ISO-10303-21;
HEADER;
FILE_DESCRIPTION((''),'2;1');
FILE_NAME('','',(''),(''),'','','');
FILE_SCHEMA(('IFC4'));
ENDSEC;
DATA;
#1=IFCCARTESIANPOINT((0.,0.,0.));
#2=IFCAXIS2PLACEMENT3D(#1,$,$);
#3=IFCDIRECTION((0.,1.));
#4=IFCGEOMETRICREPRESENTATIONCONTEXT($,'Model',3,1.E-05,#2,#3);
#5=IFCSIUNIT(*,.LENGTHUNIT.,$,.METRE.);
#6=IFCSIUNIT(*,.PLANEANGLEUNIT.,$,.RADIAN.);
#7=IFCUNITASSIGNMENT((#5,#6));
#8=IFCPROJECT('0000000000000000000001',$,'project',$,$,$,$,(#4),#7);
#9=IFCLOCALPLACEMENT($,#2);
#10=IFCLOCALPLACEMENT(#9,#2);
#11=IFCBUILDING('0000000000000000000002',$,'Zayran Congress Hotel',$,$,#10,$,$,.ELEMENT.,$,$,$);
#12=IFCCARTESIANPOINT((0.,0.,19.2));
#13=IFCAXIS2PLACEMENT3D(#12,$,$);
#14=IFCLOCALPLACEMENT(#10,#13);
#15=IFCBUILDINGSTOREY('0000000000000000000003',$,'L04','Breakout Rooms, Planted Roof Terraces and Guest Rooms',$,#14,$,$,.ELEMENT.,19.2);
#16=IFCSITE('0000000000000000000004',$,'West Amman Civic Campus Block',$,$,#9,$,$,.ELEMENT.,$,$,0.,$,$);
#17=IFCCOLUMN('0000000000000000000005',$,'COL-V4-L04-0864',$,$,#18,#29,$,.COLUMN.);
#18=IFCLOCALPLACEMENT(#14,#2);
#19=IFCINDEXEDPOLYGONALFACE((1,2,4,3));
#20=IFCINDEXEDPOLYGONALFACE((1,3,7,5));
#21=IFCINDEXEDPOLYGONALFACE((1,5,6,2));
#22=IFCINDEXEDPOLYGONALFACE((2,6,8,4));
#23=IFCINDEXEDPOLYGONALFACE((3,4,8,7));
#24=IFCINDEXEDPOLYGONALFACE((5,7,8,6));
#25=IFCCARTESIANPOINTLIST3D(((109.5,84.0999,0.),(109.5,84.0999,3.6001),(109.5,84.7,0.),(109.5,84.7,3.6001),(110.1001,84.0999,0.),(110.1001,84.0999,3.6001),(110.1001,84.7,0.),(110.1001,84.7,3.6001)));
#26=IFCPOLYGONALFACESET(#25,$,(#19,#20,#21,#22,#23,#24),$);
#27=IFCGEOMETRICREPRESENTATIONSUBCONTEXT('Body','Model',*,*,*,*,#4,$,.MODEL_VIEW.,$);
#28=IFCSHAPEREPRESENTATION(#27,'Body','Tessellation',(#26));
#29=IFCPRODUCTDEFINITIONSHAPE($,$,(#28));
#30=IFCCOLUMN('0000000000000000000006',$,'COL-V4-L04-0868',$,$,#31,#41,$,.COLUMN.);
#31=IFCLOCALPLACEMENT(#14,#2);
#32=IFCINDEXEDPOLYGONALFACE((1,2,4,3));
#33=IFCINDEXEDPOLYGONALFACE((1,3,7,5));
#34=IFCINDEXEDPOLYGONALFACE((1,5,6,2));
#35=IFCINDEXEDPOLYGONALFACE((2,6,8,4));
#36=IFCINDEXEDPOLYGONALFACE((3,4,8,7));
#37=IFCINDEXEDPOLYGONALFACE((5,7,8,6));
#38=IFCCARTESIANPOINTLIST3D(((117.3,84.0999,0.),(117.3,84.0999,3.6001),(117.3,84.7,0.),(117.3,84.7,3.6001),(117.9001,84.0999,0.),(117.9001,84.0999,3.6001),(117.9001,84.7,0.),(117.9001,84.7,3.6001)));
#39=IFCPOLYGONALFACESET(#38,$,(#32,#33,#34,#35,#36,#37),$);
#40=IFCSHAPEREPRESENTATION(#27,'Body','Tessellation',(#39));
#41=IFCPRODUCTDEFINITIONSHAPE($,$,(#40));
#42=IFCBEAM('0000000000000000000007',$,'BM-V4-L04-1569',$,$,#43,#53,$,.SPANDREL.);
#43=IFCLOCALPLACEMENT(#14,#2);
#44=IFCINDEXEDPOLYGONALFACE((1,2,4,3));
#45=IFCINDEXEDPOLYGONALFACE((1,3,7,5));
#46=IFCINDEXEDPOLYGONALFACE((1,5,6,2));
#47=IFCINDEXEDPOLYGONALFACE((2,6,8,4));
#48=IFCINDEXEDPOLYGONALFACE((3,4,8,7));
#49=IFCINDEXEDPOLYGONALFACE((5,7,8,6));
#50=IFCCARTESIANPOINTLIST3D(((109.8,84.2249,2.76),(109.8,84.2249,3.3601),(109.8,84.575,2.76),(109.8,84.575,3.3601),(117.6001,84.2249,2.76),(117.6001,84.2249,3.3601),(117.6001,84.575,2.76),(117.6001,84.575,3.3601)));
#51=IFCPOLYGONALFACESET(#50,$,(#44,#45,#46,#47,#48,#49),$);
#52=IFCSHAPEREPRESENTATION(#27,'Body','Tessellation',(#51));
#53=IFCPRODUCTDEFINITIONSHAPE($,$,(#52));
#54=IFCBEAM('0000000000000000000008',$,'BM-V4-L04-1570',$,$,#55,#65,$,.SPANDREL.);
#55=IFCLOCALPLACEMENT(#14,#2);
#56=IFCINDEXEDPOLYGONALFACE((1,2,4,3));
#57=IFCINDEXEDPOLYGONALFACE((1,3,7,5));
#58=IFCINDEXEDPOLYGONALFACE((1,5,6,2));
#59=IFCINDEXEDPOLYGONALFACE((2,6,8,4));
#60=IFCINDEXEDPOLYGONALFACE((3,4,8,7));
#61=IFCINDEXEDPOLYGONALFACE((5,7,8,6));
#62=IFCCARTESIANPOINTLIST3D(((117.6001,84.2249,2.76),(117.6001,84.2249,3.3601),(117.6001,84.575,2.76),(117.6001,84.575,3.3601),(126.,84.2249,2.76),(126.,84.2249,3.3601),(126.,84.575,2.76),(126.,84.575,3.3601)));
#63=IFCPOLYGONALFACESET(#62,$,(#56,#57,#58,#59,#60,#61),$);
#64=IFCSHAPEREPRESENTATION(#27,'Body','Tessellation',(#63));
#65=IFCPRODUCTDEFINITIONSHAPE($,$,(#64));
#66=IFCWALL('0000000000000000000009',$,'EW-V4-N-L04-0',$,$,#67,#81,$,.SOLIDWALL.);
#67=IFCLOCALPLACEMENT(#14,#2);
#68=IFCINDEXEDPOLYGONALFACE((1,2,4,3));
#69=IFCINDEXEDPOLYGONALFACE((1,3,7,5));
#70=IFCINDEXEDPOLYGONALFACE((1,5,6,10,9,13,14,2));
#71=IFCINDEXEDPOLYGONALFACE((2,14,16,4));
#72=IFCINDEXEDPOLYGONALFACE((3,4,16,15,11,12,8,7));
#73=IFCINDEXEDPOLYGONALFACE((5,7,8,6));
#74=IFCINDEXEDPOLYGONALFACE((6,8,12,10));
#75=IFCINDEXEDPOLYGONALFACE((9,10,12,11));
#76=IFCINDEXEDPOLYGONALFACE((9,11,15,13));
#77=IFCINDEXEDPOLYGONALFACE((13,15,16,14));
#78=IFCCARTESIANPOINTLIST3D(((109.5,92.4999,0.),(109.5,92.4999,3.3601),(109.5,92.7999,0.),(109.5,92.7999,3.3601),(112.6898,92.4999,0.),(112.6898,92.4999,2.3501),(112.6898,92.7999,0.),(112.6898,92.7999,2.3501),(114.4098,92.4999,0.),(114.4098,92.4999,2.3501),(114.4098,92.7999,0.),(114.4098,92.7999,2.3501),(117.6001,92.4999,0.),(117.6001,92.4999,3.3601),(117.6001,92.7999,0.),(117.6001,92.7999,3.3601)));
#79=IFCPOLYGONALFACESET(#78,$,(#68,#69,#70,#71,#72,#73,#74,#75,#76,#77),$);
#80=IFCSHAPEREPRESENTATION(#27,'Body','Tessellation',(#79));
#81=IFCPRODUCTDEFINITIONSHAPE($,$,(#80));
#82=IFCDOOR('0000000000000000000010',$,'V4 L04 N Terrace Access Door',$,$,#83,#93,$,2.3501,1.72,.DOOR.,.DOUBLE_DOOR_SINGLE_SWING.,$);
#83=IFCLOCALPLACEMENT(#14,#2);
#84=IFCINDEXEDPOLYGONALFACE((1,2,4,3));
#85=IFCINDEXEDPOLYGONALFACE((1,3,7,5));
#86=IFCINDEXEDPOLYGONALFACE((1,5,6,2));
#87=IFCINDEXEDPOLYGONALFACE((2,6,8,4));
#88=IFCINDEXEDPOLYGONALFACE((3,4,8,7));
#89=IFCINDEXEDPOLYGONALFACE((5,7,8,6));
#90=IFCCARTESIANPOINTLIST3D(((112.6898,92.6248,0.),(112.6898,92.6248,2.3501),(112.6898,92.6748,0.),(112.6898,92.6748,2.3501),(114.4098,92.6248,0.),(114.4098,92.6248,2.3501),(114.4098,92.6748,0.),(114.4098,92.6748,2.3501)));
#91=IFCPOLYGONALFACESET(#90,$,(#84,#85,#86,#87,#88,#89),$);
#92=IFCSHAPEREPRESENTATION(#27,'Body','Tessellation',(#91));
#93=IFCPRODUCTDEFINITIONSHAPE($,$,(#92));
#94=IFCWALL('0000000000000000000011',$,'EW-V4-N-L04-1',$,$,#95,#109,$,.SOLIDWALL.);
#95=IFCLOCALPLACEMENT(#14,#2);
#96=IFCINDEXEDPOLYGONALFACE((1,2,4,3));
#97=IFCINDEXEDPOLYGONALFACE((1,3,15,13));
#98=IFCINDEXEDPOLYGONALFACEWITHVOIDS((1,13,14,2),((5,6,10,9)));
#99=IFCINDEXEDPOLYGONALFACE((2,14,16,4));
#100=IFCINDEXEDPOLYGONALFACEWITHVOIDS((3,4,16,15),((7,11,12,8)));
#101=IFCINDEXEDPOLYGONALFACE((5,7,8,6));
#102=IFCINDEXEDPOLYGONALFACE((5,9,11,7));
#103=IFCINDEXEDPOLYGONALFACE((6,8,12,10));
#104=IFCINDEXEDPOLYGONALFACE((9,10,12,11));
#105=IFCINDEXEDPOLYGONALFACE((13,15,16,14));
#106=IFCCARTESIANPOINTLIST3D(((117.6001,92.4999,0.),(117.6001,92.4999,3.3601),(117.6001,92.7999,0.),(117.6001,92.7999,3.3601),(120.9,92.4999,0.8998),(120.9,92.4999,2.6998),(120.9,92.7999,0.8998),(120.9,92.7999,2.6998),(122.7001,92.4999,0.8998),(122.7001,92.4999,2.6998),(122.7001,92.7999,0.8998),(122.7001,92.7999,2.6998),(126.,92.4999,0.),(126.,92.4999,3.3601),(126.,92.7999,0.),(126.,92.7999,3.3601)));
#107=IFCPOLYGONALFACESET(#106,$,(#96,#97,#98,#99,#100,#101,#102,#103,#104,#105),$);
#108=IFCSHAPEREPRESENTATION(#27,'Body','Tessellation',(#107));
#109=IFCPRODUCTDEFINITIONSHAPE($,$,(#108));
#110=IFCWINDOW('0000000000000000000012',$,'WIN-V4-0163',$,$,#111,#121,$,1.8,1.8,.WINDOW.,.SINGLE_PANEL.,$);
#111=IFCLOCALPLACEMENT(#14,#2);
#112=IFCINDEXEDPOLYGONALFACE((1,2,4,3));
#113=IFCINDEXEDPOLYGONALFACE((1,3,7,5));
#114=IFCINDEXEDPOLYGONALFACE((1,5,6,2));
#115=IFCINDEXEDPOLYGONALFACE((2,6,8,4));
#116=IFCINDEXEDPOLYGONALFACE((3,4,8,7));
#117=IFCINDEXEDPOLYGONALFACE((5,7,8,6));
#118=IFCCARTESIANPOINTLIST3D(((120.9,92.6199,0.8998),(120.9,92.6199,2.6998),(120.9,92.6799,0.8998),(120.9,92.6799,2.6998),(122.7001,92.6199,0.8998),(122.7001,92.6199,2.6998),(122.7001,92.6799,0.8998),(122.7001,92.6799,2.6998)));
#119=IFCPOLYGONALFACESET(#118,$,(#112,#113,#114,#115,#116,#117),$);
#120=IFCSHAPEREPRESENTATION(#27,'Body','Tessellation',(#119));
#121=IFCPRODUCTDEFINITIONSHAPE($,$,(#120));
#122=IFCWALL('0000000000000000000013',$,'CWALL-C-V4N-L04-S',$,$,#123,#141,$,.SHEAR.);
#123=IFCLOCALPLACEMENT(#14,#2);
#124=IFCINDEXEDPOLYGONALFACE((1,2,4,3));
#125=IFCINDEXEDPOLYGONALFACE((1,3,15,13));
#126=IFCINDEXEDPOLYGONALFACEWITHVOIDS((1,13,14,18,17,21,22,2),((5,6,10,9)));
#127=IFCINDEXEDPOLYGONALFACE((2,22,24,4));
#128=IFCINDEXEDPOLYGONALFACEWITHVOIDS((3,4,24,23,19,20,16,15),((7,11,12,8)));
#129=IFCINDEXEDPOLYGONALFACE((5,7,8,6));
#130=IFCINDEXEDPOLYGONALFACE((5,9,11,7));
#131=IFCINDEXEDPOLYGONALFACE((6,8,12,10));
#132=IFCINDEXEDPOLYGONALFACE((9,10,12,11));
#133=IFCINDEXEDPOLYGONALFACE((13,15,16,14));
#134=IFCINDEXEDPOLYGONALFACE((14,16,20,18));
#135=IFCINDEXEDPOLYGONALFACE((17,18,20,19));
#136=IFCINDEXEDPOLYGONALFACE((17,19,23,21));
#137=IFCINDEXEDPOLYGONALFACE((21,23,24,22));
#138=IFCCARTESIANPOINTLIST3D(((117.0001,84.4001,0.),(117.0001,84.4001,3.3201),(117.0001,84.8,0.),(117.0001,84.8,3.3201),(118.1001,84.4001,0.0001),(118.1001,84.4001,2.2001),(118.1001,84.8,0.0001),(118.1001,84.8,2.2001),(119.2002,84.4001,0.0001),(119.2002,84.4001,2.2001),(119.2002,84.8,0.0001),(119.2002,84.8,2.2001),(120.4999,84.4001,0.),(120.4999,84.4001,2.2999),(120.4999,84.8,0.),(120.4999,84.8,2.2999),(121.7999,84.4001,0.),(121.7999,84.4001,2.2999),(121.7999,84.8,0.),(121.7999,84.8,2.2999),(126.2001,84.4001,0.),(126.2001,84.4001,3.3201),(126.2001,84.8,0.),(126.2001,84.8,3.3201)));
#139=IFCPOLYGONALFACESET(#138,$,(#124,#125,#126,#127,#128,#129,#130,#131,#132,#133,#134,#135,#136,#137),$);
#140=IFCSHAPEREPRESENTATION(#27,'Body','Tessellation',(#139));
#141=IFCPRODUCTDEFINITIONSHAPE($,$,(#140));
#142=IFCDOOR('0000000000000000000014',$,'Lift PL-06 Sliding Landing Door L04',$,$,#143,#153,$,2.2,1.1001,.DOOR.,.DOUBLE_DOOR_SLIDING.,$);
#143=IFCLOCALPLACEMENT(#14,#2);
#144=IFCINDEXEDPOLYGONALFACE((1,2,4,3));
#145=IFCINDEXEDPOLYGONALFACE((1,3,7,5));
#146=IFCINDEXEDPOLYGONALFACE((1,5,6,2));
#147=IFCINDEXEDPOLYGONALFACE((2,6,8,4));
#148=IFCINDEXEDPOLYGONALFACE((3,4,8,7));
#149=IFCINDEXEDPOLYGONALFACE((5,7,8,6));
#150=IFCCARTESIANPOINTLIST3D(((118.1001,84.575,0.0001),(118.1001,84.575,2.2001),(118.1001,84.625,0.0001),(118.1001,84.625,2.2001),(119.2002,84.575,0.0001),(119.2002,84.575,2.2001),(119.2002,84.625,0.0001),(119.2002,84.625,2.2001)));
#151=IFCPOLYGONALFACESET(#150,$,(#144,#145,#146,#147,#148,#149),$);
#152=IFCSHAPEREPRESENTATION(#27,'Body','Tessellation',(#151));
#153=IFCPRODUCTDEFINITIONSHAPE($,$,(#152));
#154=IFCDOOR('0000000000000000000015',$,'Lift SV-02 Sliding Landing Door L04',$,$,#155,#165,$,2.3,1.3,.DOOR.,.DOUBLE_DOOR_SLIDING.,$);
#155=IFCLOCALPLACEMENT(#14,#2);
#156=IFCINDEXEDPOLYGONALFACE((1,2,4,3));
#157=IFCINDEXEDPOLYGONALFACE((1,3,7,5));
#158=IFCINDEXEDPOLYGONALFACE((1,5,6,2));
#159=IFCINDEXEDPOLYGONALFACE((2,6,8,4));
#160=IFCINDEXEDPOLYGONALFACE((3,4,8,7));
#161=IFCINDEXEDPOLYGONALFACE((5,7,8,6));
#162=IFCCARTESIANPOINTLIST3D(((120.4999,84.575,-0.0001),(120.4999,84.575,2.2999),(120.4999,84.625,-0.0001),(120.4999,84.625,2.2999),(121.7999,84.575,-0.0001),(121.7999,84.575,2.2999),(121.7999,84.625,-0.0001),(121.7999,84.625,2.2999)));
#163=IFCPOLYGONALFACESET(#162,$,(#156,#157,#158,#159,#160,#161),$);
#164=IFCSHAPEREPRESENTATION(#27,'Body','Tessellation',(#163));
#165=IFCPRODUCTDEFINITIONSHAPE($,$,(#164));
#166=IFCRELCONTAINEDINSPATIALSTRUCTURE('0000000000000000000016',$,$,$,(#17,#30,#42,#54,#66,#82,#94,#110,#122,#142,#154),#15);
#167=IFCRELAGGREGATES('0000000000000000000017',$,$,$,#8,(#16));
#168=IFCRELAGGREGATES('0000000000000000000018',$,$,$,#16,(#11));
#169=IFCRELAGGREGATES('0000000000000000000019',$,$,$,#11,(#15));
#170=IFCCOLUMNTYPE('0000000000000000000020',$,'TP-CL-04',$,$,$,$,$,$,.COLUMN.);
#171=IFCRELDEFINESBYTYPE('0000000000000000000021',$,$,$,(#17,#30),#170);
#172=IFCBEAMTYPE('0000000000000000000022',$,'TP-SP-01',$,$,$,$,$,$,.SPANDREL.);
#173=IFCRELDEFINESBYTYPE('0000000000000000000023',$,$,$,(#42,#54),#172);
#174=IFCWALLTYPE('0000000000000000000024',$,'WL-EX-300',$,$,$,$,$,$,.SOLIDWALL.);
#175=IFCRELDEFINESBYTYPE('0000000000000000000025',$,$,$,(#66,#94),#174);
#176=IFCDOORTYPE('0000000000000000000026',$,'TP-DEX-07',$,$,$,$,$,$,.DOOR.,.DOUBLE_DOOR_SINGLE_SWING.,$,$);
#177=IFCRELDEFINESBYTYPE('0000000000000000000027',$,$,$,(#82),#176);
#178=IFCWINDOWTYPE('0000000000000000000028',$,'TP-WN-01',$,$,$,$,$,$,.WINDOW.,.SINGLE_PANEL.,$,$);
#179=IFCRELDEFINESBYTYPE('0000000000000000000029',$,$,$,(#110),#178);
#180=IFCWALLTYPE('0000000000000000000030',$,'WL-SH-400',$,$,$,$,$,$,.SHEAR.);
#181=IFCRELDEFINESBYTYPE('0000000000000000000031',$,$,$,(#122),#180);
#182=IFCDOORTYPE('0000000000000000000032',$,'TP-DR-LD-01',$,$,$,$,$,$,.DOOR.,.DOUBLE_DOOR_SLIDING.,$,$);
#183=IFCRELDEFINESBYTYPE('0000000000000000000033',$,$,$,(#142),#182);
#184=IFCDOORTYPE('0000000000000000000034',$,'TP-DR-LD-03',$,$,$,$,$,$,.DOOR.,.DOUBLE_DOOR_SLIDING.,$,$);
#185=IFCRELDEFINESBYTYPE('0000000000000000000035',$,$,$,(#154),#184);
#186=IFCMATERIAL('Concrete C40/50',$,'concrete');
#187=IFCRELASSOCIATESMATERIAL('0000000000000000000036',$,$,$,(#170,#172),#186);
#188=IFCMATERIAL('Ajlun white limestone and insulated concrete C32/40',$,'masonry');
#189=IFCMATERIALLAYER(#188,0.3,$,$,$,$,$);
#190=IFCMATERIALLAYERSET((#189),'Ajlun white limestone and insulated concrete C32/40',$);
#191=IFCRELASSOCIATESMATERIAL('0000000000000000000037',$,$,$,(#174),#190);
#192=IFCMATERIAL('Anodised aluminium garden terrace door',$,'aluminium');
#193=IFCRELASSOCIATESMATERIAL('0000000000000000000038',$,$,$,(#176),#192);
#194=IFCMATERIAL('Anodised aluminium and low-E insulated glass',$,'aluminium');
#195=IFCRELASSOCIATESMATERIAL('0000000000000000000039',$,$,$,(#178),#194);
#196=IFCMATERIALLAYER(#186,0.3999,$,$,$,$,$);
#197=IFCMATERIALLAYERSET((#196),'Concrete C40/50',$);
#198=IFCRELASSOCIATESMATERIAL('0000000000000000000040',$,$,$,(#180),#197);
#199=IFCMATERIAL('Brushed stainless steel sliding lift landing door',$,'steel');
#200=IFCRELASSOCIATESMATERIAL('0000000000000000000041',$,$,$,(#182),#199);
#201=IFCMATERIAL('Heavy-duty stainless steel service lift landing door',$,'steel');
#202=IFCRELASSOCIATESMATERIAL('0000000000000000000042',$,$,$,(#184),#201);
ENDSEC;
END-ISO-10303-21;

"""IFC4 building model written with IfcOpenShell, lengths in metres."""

from ifc_helpers import new_model, si_unit, direction, frame, frame_2d, origin, origin_2d, place, context, subcontext, project, spatial, rectangle, extrude, material, layer, layer_set, material_profile, profile_set, type_object, element, fill, save


model = new_model("IFC4")

# Units and contexts
model_context = context("Model", 3, precision=1e-05, world=origin(), true_north=direction((0.0, 1.0)))
body_context = subcontext(model_context, "Body", "Model", "MODEL_VIEW")
ifc_project = project(units=[si_unit("LENGTHUNIT", "METRE"), si_unit("PLANEANGLEUNIT", "RADIAN")], contexts=[model_context])

# Site, building, storey
site_placement = place(None, origin())
site = spatial("IfcSite", under=ifc_project, at=site_placement, Name="West Amman Civic Campus Block", CompositionType="ELEMENT", RefElevation=0.0)
building_placement = place(site_placement, origin())
building = spatial("IfcBuilding", under=site, at=building_placement, Name="Zayran Congress Hotel", CompositionType="ELEMENT")
storey_placement = place(building_placement, frame((0.0, 0.0, 19.2)))
storey = spatial("IfcBuildingStorey", under=building, at=storey_placement, Name="L04", Description="Breakout Rooms, Planted Roof Terraces and Guest Rooms", CompositionType="ELEMENT", Elevation=19.2)

# Columns
ifc_material_1 = material(Name="Concrete C40/50", Category="concrete")
ifc_material_profile_1 = material_profile(ifc_material_1, rectangle(XDim=0.6001, YDim=0.6001, at=origin_2d()), Name="RC 600x600")
ifc_profile_set_1 = profile_set([ifc_material_profile_1], Name="Concrete C40/50")
column_type = type_object("IfcColumnType", Name="TP-CL-04", PredefinedType="COLUMN", material=ifc_profile_set_1)
for number, where, z_axis, x_axis, name in (
    (1, (109.8, 84.3999, 0.0), (0.0, 0.0, 1.0), (1.0, 0.0, 0.0), "COL-V4-L04-0864"),
    (2, (117.6001, 84.3999, 0.0), (0.0, 0.0, 1.0), (1.0, 0.0, 0.0), "COL-V4-L04-0868"),
):
    element("IfcColumn", number, at=place(storey_placement, frame(where, z_axis=z_axis, x_axis=x_axis)), inside=storey, type_object=column_type, Name=name, PredefinedType="COLUMN", context=body_context, shape_type="SweptSolid", body=[
        extrude(rectangle(XDim=0.6001, YDim=0.6001, at=origin_2d()), origin(), (0.0, 0.0, 1.0), 3.6001),
    ])

# Beams
ifc_material_profile_2 = material_profile(ifc_material_1, rectangle(XDim=0.3501, YDim=0.6001, at=origin_2d()), Name="RC 350x600")
ifc_profile_set_2 = profile_set([ifc_material_profile_2], Name="Concrete C40/50")
beam_type = type_object("IfcBeamType", Name="TP-SP-01", PredefinedType="SPANDREL", material=ifc_profile_set_2)
beam_1_placement = place(storey_placement, frame((109.8, 84.3999, 3.0601), z_axis=(1.0, 0.0, 0.0), x_axis=(0.0, 1.0, 0.0)))
element("IfcBeam", 3, at=beam_1_placement, inside=storey, type_object=beam_type, Name="BM-V4-L04-1569", PredefinedType="SPANDREL", context=body_context, shape_type="SweptSolid", body=[
    extrude(rectangle(XDim=0.3501, YDim=0.6001, at=origin_2d()), origin(), (0.0, 0.0, 1.0), 7.8),
])
beam_2_placement = place(storey_placement, frame((117.6001, 84.3999, 3.0601), z_axis=(1.0, 0.0, 0.0), x_axis=(0.0, 1.0, 0.0)))
element("IfcBeam", 4, at=beam_2_placement, inside=storey, type_object=beam_type, Name="BM-V4-L04-1570", PredefinedType="SPANDREL", context=body_context, shape_type="SweptSolid", body=[
    extrude(rectangle(XDim=0.3501, YDim=0.6001, at=origin_2d()), origin(), (0.0, 0.0, 1.0), 8.3999),
])

# Wall, opening, door
ifc_material_2 = material(Name="Ajlun white limestone and insulated concrete C32/40", Category="masonry")
ifc_layer_1 = layer(ifc_material_2, 0.3)
ifc_layer_set_1 = layer_set([ifc_layer_1], Name="Ajlun white limestone and insulated concrete C32/40")
wall_type_1 = type_object("IfcWallType", Name="WL-EX-300", PredefinedType="SOLIDWALL", material=ifc_layer_set_1)
wall_1_placement = place(storey_placement, frame((109.5, 92.6499, 0.0), z_axis=(0.0, 0.0, 1.0), x_axis=(1.0, 0.0, 0.0)))
wall_1 = element("IfcWall", 5, at=wall_1_placement, inside=storey, type_object=wall_type_1, Name="EW-V4-N-L04-0", PredefinedType="SOLIDWALL", context=body_context, shape_type="SweptSolid", body=[
    extrude(rectangle(XDim=8.1001, YDim=0.3, at=frame_2d((4.05, 0.0))), origin(), (0.0, 0.0, 1.0), 3.3601),
])
opening_1_placement = place(wall_1_placement, frame((3.1899, 0.0, 0.0)))
opening_1 = element("IfcOpeningElement", 6, at=opening_1_placement, cuts=wall_1, PredefinedType="OPENING", context=body_context, shape_type="SweptSolid", body=[
    extrude(rectangle(XDim=1.72, YDim=2.3501, at=frame_2d((0.8599, 1.175))), frame((0.0, 0.1599, 0.0), z_axis=(0.0, -1.0, 0.0), x_axis=(1.0, 0.0, 0.0)), (0.0, 0.0, 1.0), 0.3201),
])
ifc_material_3 = material(Name="Anodised aluminium garden terrace door", Category="aluminium")
door_type_1 = type_object("IfcDoorType", Name="TP-DEX-07", OperationType="DOUBLE_DOOR_SINGLE_SWING", PredefinedType="DOOR", material=ifc_material_3)
door_1_placement = place(opening_1_placement, origin())
door_1 = element("IfcDoor", 7, at=door_1_placement, inside=storey, type_object=door_type_1, Name="V4 L04 N Terrace Access Door", OperationType="DOUBLE_DOOR_SINGLE_SWING", OverallHeight=2.3501, OverallWidth=1.72, PredefinedType="DOOR", context=body_context, shape_type="SweptSolid", body=[
    extrude(rectangle(XDim=1.72, YDim=2.3501, at=frame_2d((0.8599, 1.175))), frame((0.0, 0.0249, 0.0), z_axis=(0.0, -1.0, 0.0), x_axis=(1.0, 0.0, 0.0)), (0.0, 0.0, 1.0), 0.05),
])
fill(opening_1, door_1)

# Wall, opening, window
wall_2_placement = place(storey_placement, frame((117.6001, 92.6499, 0.0), z_axis=(0.0, 0.0, 1.0), x_axis=(1.0, 0.0, 0.0)))
wall_2 = element("IfcWall", 8, at=wall_2_placement, inside=storey, type_object=wall_type_1, Name="EW-V4-N-L04-1", PredefinedType="SOLIDWALL", context=body_context, shape_type="SweptSolid", body=[
    extrude(rectangle(XDim=8.3999, YDim=0.3, at=frame_2d((4.2, 0.0))), origin(), (0.0, 0.0, 1.0), 3.3601),
])
opening_2_placement = place(wall_2_placement, frame((3.3, 0.0, 0.8999)))
opening_2 = element("IfcOpeningElement", 9, at=opening_2_placement, cuts=wall_2, PredefinedType="OPENING", context=body_context, shape_type="SweptSolid", body=[
    extrude(rectangle(XDim=1.8, YDim=1.8, at=frame_2d((0.8999, 0.8999))), frame((0.0, 0.1599, 0.0), z_axis=(0.0, -1.0, 0.0), x_axis=(1.0, 0.0, 0.0)), (0.0, 0.0, 1.0), 0.3201),
])
ifc_material_4 = material(Name="Anodised aluminium and low-E insulated glass", Category="aluminium")
window_type = type_object("IfcWindowType", Name="TP-WN-01", PartitioningType="SINGLE_PANEL", PredefinedType="WINDOW", material=ifc_material_4)
window_placement = place(opening_2_placement, origin())
window = element("IfcWindow", 10, at=window_placement, inside=storey, type_object=window_type, Name="WIN-V4-0163", OverallHeight=1.8, OverallWidth=1.8, PartitioningType="SINGLE_PANEL", PredefinedType="WINDOW", context=body_context, shape_type="SweptSolid", body=[
    extrude(rectangle(XDim=1.8, YDim=1.8, at=frame_2d((0.8999, 0.8999))), frame((0.0, 0.03, 0.0), z_axis=(0.0, -1.0, 0.0), x_axis=(1.0, 0.0, 0.0)), (0.0, 0.0, 1.0), 0.0601),
])
fill(opening_2, window)

# Wall, openings, doors
ifc_layer_2 = layer(ifc_material_1, 0.3999)
ifc_layer_set_2 = layer_set([ifc_layer_2], Name="Concrete C40/50")
wall_type_2 = type_object("IfcWallType", Name="WL-SH-400", PredefinedType="SHEAR", material=ifc_layer_set_2)
wall_3_placement = place(storey_placement, frame((117.0, 84.6001, 0.0), z_axis=(0.0, 0.0, 1.0), x_axis=(1.0, 0.0, 0.0)))
wall_3 = element("IfcWall", 11, at=wall_3_placement, inside=storey, type_object=wall_type_2, Name="CWALL-C-V4N-L04-S", PredefinedType="SHEAR", context=body_context, shape_type="SweptSolid", body=[
    extrude(rectangle(XDim=9.2, YDim=0.3999, at=frame_2d((4.6001, 0.0))), origin(), (0.0, 0.0, 1.0), 3.3201),
])
opening_3_placement = place(wall_3_placement, frame((1.1001, 0.0, 0.0)))
opening_3 = element("IfcOpeningElement", 12, at=opening_3_placement, cuts=wall_3, PredefinedType="OPENING", context=body_context, shape_type="SweptSolid", body=[
    extrude(rectangle(XDim=1.1001, YDim=2.2, at=frame_2d((0.55, 1.1001))), frame((0.0, 0.21, 0.0), z_axis=(0.0, -1.0, 0.0), x_axis=(1.0, 0.0, 0.0)), (0.0, 0.0, 1.0), 0.4199),
])
opening_4_placement = place(wall_3_placement, frame((3.5, 0.0, 0.0)))
opening_4 = element("IfcOpeningElement", 13, at=opening_4_placement, cuts=wall_3, PredefinedType="OPENING", context=body_context, shape_type="SweptSolid", body=[
    extrude(rectangle(XDim=1.3, YDim=2.3, at=frame_2d((0.6499, 1.1499))), frame((0.0, 0.21, 0.0), z_axis=(0.0, -1.0, 0.0), x_axis=(1.0, 0.0, 0.0)), (0.0, 0.0, 1.0), 0.4199),
])
ifc_material_5 = material(Name="Brushed stainless steel sliding lift landing door", Category="steel")
door_type_2 = type_object("IfcDoorType", Name="TP-DR-LD-01", OperationType="DOUBLE_DOOR_SLIDING", PredefinedType="DOOR", material=ifc_material_5)
door_2_placement = place(opening_3_placement, origin())
door_2 = element("IfcDoor", 14, at=door_2_placement, inside=storey, type_object=door_type_2, Name="Lift PL-06 Sliding Landing Door L04", OperationType="DOUBLE_DOOR_SLIDING", OverallHeight=2.2, OverallWidth=1.1001, PredefinedType="DOOR", context=body_context, shape_type="SweptSolid", body=[
    extrude(rectangle(XDim=1.1001, YDim=2.2, at=frame_2d((0.55, 1.1001))), frame((0.0, 0.0249, 0.0), z_axis=(0.0, -1.0, 0.0), x_axis=(1.0, 0.0, 0.0)), (0.0, 0.0, 1.0), 0.05),
])
fill(opening_3, door_2)
ifc_material_6 = material(Name="Heavy-duty stainless steel service lift landing door", Category="steel")
door_type_3 = type_object("IfcDoorType", Name="TP-DR-LD-03", OperationType="DOUBLE_DOOR_SLIDING", PredefinedType="DOOR", material=ifc_material_6)
door_3_placement = place(opening_4_placement, origin())
door_3 = element("IfcDoor", 15, at=door_3_placement, inside=storey, type_object=door_type_3, Name="Lift SV-02 Sliding Landing Door L04", OperationType="DOUBLE_DOOR_SLIDING", OverallHeight=2.3, OverallWidth=1.3, PredefinedType="DOOR", context=body_context, shape_type="SweptSolid", body=[
    extrude(rectangle(XDim=1.3, YDim=2.3, at=frame_2d((0.6499, 1.1499))), frame((0.0, 0.0249, 0.0), z_axis=(0.0, -1.0, 0.0), x_axis=(1.0, 0.0, 0.0)), (0.0, 0.0, 1.0), 0.05),
])
fill(opening_4, door_3)

save(model, "model.ifc")
